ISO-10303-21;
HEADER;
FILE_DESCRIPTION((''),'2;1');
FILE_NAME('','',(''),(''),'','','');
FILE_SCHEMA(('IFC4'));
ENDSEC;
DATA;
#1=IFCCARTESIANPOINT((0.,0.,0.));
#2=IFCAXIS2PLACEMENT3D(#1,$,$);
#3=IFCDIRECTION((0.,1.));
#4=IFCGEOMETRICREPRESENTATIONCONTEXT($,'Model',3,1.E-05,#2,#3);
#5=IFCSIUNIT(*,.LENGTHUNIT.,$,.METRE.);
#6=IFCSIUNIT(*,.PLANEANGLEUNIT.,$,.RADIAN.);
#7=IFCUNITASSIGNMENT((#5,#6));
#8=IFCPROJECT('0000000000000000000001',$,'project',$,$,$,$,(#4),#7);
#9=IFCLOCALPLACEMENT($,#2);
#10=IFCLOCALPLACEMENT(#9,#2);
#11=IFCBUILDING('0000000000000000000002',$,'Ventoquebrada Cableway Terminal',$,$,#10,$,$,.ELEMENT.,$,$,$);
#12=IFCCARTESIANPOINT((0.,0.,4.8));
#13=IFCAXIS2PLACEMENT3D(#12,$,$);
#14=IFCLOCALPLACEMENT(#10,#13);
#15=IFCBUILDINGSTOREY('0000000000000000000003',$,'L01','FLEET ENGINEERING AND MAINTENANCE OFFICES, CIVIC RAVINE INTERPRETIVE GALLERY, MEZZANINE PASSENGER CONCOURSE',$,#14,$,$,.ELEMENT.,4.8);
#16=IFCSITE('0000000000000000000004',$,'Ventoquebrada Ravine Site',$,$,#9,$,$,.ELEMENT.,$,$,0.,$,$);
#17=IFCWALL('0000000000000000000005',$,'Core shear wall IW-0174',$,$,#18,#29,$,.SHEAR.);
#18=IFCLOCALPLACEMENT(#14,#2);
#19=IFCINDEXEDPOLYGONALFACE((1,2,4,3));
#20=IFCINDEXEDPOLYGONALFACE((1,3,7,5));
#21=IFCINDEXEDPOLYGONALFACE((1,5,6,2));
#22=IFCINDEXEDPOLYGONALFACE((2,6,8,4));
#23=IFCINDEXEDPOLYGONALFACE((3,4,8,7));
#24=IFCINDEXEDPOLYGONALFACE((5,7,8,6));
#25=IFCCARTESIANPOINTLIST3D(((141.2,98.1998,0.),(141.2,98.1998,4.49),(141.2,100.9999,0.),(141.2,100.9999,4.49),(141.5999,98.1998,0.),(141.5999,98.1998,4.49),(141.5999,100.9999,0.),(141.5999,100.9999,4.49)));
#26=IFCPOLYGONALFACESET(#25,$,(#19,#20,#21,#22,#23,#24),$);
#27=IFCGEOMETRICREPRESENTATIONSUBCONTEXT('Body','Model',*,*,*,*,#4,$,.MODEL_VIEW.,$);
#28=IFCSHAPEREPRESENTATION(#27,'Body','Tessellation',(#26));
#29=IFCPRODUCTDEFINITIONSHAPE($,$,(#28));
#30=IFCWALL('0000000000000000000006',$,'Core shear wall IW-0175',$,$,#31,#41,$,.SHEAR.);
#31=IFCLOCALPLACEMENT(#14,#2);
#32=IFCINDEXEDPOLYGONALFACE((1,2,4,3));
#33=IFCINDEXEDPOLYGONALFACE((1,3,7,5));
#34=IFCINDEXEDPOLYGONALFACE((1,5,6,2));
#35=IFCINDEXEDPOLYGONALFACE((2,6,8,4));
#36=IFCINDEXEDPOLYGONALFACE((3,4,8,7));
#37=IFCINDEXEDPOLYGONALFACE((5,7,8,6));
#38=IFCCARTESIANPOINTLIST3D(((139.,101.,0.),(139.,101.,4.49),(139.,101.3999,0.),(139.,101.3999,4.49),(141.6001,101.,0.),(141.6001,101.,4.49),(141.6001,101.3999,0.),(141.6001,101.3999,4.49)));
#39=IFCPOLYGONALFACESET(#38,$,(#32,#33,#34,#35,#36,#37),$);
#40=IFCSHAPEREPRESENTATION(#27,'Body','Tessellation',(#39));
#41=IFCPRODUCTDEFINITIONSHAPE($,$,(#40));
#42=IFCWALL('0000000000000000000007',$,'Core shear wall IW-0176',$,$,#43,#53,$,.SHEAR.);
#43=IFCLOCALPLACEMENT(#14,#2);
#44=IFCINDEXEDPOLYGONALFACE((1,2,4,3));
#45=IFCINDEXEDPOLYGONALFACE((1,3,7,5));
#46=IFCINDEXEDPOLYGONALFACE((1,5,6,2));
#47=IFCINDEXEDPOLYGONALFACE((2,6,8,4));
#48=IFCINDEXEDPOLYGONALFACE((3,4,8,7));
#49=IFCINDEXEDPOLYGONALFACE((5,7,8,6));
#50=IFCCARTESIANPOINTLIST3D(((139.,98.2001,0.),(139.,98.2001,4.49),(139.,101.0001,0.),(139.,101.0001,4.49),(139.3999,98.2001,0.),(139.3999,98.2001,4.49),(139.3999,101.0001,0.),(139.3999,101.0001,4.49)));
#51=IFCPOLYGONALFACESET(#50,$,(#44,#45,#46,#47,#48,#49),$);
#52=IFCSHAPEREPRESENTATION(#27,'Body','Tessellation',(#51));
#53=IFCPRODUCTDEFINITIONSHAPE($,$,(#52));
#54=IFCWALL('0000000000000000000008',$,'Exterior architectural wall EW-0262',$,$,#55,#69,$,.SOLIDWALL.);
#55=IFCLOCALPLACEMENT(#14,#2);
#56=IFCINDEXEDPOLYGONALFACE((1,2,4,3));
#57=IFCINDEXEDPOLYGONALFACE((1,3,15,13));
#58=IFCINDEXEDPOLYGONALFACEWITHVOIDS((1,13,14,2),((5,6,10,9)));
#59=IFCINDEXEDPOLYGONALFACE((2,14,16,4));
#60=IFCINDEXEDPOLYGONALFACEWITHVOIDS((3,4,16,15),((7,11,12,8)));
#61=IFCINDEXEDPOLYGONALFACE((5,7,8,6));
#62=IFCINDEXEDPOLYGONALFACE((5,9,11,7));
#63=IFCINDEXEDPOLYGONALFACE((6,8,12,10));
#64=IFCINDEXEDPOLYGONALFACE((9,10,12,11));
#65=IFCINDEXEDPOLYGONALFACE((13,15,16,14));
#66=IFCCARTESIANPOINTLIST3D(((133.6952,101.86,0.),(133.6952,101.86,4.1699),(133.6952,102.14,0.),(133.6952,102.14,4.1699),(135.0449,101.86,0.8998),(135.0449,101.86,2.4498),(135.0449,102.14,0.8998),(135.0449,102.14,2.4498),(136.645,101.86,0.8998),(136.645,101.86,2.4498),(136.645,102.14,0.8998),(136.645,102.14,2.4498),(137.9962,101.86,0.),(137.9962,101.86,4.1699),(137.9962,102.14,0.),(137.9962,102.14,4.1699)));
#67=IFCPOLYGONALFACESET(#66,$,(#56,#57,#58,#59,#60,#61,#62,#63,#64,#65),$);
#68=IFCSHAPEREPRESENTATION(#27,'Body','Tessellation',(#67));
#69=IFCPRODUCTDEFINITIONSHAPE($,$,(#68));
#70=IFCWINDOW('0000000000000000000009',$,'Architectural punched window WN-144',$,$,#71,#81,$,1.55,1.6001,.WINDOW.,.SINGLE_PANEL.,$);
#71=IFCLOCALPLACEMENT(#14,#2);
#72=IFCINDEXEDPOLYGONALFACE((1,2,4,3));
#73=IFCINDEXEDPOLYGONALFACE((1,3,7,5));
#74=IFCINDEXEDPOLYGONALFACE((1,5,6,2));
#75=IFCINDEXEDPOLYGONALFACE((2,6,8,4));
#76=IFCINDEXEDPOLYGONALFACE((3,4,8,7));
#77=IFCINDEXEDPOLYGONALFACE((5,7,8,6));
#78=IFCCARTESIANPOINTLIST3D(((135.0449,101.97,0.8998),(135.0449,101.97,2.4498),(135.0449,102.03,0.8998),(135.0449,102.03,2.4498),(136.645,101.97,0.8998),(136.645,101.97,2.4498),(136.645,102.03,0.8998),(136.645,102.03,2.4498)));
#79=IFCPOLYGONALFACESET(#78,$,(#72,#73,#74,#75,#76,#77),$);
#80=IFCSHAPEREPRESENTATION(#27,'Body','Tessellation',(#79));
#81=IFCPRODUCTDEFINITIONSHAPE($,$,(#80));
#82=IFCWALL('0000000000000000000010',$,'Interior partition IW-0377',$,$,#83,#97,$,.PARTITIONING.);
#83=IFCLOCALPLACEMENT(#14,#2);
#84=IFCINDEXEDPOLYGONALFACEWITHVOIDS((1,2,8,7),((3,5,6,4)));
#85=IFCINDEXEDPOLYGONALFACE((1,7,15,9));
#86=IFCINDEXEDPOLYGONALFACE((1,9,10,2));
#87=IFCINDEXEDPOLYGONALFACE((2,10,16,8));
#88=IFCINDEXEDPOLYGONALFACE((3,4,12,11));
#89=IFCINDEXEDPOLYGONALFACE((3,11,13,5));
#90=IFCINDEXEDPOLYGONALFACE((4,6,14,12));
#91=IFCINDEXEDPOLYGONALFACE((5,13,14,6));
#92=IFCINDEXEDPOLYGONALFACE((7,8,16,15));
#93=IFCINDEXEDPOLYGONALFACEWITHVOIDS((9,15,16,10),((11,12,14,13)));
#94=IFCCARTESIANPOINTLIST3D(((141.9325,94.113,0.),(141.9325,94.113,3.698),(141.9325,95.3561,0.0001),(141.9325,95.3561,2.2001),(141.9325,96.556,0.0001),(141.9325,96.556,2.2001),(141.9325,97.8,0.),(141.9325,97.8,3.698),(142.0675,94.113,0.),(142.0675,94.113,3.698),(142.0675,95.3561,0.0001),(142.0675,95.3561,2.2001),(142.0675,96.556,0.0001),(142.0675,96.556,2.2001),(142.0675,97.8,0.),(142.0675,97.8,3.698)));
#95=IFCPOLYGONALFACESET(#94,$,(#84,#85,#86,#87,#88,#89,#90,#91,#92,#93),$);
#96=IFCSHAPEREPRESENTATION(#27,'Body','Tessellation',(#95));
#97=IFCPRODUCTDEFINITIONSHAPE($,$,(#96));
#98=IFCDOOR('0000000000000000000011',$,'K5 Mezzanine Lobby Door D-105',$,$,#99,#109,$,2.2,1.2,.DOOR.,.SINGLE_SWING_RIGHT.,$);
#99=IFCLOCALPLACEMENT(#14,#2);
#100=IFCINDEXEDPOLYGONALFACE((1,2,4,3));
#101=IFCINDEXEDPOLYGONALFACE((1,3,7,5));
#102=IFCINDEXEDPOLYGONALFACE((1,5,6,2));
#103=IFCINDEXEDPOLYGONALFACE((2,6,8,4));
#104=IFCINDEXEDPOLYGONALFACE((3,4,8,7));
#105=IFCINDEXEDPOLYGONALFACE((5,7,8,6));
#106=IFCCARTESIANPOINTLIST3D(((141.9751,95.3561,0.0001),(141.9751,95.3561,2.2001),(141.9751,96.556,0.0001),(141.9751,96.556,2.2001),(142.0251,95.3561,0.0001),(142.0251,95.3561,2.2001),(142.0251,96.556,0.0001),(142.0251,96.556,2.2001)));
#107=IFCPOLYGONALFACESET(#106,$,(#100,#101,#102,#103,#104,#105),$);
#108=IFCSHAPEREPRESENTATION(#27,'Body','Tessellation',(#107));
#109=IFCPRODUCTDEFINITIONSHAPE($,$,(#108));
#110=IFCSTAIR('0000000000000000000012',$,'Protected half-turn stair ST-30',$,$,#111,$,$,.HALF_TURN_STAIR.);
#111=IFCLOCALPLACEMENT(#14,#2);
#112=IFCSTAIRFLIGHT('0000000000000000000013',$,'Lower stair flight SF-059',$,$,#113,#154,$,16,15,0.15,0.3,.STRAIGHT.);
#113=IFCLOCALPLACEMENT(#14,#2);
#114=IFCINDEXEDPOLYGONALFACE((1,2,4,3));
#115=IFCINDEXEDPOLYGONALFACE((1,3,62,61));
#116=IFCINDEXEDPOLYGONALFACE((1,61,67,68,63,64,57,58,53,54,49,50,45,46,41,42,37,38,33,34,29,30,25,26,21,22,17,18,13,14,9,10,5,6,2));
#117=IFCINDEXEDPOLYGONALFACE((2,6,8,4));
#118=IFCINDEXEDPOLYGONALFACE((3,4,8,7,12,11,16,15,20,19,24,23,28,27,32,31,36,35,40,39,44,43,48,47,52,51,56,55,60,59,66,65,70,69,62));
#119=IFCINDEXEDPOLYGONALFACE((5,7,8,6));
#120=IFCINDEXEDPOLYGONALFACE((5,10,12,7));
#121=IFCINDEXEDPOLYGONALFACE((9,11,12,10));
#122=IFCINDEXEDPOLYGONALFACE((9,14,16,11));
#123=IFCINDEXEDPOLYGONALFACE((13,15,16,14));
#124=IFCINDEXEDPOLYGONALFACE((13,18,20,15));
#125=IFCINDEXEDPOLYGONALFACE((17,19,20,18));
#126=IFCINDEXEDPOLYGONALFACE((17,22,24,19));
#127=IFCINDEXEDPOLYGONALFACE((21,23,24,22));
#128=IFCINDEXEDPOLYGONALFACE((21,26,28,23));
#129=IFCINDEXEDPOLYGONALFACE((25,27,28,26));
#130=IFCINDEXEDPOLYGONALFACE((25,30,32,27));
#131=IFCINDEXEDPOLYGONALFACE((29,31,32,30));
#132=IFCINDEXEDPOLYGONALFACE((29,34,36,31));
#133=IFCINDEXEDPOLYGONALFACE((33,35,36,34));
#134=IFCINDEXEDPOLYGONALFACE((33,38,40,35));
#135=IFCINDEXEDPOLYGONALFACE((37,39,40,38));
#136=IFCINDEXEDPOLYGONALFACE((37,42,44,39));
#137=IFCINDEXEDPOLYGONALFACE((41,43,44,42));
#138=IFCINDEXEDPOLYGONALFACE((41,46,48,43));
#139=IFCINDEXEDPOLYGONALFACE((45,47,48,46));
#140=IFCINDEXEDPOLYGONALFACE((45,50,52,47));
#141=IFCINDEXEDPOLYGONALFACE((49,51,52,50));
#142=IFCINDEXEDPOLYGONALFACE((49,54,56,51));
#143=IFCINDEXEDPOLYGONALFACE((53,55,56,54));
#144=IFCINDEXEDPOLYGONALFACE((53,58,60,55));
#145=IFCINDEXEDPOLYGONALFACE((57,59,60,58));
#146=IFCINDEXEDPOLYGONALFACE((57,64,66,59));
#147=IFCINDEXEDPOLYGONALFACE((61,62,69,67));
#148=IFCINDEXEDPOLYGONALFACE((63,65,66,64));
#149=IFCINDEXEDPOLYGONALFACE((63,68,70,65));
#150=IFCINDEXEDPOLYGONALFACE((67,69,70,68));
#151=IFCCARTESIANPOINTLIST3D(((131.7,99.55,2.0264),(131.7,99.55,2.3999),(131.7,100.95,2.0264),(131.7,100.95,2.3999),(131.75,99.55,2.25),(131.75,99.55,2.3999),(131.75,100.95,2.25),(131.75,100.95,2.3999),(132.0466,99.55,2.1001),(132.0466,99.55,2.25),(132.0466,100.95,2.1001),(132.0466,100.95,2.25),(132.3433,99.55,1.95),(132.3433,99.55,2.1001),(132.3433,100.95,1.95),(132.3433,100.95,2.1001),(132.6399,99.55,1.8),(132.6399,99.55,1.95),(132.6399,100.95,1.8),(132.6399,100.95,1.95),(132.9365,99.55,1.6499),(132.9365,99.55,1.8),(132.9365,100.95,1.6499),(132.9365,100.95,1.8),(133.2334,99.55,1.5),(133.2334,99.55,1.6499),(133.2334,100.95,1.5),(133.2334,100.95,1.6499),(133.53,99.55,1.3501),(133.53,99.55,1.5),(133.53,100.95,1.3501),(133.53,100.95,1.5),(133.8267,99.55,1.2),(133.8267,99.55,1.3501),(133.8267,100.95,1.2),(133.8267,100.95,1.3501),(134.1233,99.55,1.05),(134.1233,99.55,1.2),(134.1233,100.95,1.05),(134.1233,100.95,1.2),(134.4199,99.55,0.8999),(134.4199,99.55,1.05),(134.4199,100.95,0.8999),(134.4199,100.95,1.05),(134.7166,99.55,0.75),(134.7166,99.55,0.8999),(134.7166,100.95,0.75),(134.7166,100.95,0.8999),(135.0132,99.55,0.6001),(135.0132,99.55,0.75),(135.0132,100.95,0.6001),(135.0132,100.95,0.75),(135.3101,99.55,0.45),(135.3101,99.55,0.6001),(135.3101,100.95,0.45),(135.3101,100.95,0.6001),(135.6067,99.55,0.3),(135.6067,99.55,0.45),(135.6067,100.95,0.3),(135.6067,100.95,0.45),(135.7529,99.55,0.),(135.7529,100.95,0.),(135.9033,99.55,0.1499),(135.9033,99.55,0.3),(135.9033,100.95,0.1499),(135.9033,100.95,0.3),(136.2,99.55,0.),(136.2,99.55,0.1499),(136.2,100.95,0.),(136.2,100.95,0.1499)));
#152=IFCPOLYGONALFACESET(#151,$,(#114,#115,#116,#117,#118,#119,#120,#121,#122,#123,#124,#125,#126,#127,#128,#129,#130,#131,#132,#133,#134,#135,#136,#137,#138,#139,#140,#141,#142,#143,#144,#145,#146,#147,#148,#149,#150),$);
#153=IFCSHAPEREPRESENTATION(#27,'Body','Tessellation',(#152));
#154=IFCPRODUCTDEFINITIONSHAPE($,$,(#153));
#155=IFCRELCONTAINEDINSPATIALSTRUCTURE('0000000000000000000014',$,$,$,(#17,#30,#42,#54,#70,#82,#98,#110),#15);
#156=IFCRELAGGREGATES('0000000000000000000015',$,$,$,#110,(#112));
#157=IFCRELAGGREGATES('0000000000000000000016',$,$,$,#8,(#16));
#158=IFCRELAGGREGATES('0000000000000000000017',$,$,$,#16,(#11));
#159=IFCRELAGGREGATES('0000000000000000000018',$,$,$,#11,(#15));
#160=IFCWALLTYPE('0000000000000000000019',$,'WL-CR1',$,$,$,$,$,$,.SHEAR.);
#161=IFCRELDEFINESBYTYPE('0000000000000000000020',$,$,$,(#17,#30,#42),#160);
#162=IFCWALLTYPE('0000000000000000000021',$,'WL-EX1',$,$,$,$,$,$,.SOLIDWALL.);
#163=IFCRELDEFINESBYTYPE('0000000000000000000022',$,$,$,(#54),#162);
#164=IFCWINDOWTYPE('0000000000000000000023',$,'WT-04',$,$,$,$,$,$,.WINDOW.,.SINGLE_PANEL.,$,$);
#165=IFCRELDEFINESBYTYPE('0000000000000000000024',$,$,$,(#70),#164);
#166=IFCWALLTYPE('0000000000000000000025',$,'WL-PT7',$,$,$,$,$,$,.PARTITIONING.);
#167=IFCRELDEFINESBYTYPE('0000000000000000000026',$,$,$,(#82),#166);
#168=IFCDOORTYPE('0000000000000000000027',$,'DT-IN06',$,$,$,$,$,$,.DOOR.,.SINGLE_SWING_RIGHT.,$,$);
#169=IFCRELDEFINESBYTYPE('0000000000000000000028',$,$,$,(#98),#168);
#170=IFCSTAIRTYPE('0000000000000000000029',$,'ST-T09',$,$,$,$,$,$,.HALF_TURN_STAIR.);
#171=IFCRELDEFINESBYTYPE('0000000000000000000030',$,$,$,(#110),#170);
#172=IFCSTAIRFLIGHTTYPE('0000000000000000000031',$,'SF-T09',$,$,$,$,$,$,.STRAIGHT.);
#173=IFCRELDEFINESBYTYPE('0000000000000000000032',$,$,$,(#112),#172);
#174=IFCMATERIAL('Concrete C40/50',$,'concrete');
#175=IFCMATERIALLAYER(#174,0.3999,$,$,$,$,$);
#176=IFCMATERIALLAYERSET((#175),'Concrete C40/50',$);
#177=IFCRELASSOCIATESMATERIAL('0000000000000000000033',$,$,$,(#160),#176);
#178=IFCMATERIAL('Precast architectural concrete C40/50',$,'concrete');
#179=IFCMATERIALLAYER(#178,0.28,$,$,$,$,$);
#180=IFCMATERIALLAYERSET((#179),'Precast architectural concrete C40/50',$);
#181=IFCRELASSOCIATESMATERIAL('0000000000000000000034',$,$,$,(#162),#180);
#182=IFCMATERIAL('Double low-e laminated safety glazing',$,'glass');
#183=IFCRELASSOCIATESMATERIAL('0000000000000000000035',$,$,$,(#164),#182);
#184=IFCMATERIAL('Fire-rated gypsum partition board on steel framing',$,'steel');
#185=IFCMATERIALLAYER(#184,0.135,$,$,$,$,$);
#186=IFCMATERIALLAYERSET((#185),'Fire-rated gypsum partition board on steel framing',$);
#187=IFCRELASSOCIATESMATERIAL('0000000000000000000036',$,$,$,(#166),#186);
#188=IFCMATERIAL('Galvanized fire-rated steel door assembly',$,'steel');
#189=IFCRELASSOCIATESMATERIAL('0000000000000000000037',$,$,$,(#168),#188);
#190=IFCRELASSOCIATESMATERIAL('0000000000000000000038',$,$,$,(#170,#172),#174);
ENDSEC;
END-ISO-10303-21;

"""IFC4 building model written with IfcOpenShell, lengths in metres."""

from ifc_helpers import new_model, si_unit, direction, frame, frame_2d, origin, place, context, subcontext, project, spatial, polyline, rectangle, outline, extrude, material, layer, layer_set, type_object, element, fill, aggregate, save


model = new_model("IFC4")

# Units and contexts
model_context = context("Model", 3, precision=1e-05, world=origin(), true_north=direction((0.0, 1.0)))
body_context = subcontext(model_context, "Body", "Model", "MODEL_VIEW")
ifc_project = project(units=[si_unit("LENGTHUNIT", "METRE"), si_unit("PLANEANGLEUNIT", "RADIAN")], contexts=[model_context])

# Site, building, storey
site_placement = place(None, origin())
site = spatial("IfcSite", under=ifc_project, at=site_placement, Name="Ventoquebrada Ravine Site", CompositionType="ELEMENT", RefElevation=0.0)
building_placement = place(site_placement, origin())
building = spatial("IfcBuilding", under=site, at=building_placement, Name="Ventoquebrada Cableway Terminal", CompositionType="ELEMENT")
storey_placement = place(building_placement, frame((0.0, 0.0, 4.8)))
storey = spatial("IfcBuildingStorey", under=building, at=storey_placement, Name="L01", Description="FLEET ENGINEERING AND MAINTENANCE OFFICES, CIVIC RAVINE INTERPRETIVE GALLERY, MEZZANINE PASSENGER CONCOURSE", CompositionType="ELEMENT", Elevation=4.8)

# Shared definitions
ifc_material_1 = material(Name="Concrete C40/50", Category="concrete")
ifc_layer_1 = layer(ifc_material_1, 0.3999)
ifc_layer_set_1 = layer_set([ifc_layer_1], Name="Concrete C40/50")
wall_type_1 = type_object("IfcWallType", Name="WL-CR1", PredefinedType="SHEAR", material=ifc_layer_set_1)
ifc_material_2 = material(Name="Galvanized fire-rated steel door assembly", Category="steel")

# Walls
wall_1_placement = place(storey_placement, frame((141.3999, 98.2, 0.0), z_axis=(0.0, 0.0, 1.0), x_axis=(0.0, 1.0, 0.0)))
element("IfcWall", 1, at=wall_1_placement, inside=storey, type_object=wall_type_1, Name="Core shear wall IW-0174", PredefinedType="SHEAR", context=body_context, shape_type="SweptSolid", body=[
    extrude(rectangle(XDim=2.8, YDim=0.3999, at=frame_2d((1.3999, 0.0))), origin(), (0.0, 0.0, 1.0), 4.49),
])
wall_2_placement = place(storey_placement, frame((141.6001, 101.2, 0.0), z_axis=(0.0, 0.0, 1.0), x_axis=(-1.0, 0.0, 0.0)))
element("IfcWall", 2, at=wall_2_placement, inside=storey, type_object=wall_type_1, Name="Core shear wall IW-0175", PredefinedType="SHEAR", context=body_context, shape_type="SweptSolid", body=[
    extrude(rectangle(XDim=2.6001, YDim=0.3999, at=frame_2d((1.3, 0.0))), origin(), (0.0, 0.0, 1.0), 4.49),
])
wall_3_placement = place(storey_placement, frame((139.2, 101.0, 0.0), z_axis=(0.0, 0.0, 1.0), x_axis=(0.0, -1.0, 0.0)))
element("IfcWall", 3, at=wall_3_placement, inside=storey, type_object=wall_type_1, Name="Core shear wall IW-0176", PredefinedType="SHEAR", context=body_context, shape_type="SweptSolid", body=[
    extrude(rectangle(XDim=2.8, YDim=0.3999, at=frame_2d((1.3999, 0.0))), origin(), (0.0, 0.0, 1.0), 4.49),
])

# Wall, opening, window
ifc_material_3 = material(Name="Precast architectural concrete C40/50", Category="concrete")
ifc_layer_2 = layer(ifc_material_3, 0.28)
ifc_layer_set_2 = layer_set([ifc_layer_2], Name="Precast architectural concrete C40/50")
wall_type_2 = type_object("IfcWallType", Name="WL-EX1", PredefinedType="SOLIDWALL", material=ifc_layer_set_2)
wall_4_placement = place(storey_placement, frame((137.9961, 102.0, 0.0), z_axis=(0.0, 0.0, 1.0), x_axis=(-1.0, 0.0, 0.0)))
wall_4 = element("IfcWall", 4, at=wall_4_placement, inside=storey, type_object=wall_type_2, Name="Exterior architectural wall EW-0262", PredefinedType="SOLIDWALL", context=body_context, shape_type="SweptSolid", body=[
    extrude(rectangle(XDim=4.301, YDim=0.28, at=frame_2d((2.1504, 0.0))), origin(), (0.0, 0.0, 1.0), 4.1699),
])
opening_1_placement = place(wall_4_placement, frame((1.3511, 0.0, 0.8999)))
opening_1 = element("IfcOpeningElement", 5, at=opening_1_placement, cuts=wall_4, PredefinedType="OPENING", context=body_context, shape_type="SweptSolid", body=[
    extrude(rectangle(XDim=1.6001, YDim=1.55, at=frame_2d((0.8, 0.7749))), frame((0.0, 0.1499, 0.0), z_axis=(0.0, -1.0, 0.0), x_axis=(1.0, 0.0, 0.0)), (0.0, 0.0, 1.0), 0.3),
])
ifc_material_4 = material(Name="Double low-e laminated safety glazing", Category="glass")
window_type = type_object("IfcWindowType", Name="WT-04", PartitioningType="SINGLE_PANEL", PredefinedType="WINDOW", material=ifc_material_4)
window_placement = place(opening_1_placement, origin())
window = element("IfcWindow", 6, at=window_placement, inside=storey, type_object=window_type, Name="Architectural punched window WN-144", OverallHeight=1.55, OverallWidth=1.6001, PartitioningType="SINGLE_PANEL", PredefinedType="WINDOW", context=body_context, shape_type="SweptSolid", body=[
    extrude(rectangle(XDim=1.6001, YDim=1.55, at=frame_2d((0.8, 0.7749))), frame((0.0, 0.03, 0.0), z_axis=(0.0, -1.0, 0.0), x_axis=(1.0, 0.0, 0.0)), (0.0, 0.0, 1.0), 0.0601),
])
fill(opening_1, window)

# Wall, opening, door
ifc_material_5 = material(Name="Fire-rated gypsum partition board on steel framing", Category="steel")
ifc_layer_3 = layer(ifc_material_5, 0.135)
ifc_layer_set_3 = layer_set([ifc_layer_3], Name="Fire-rated gypsum partition board on steel framing")
wall_type_3 = type_object("IfcWallType", Name="WL-PT7", PredefinedType="PARTITIONING", material=ifc_layer_set_3)
wall_5_placement = place(storey_placement, frame((142.0, 94.113, 0.0), z_axis=(0.0, 0.0, 1.0), x_axis=(0.0, 1.0, 0.0)))
wall_5 = element("IfcWall", 7, at=wall_5_placement, inside=storey, type_object=wall_type_3, Name="Interior partition IW-0377", PredefinedType="PARTITIONING", context=body_context, shape_type="SweptSolid", body=[
    extrude(rectangle(XDim=3.687, YDim=0.135, at=frame_2d((1.8435, 0.0))), origin(), (0.0, 0.0, 1.0), 3.698),
])
opening_2_placement = place(wall_5_placement, frame((1.2429, 0.0, 0.0)))
opening_2 = element("IfcOpeningElement", 8, at=opening_2_placement, cuts=wall_5, PredefinedType="OPENING", context=body_context, shape_type="SweptSolid", body=[
    extrude(rectangle(XDim=1.2, YDim=2.2, at=frame_2d((0.6001, 1.1001))), frame((0.0, 0.0774, 0.0), z_axis=(0.0, -1.0, 0.0), x_axis=(1.0, 0.0, 0.0)), (0.0, 0.0, 1.0), 0.155),
])
door_type_1 = type_object("IfcDoorType", Name="DT-IN06", OperationType="SINGLE_SWING_RIGHT", PredefinedType="DOOR", material=ifc_material_2)
door_1_placement = place(opening_2_placement, origin())
door_1 = element("IfcDoor", 9, at=door_1_placement, inside=storey, type_object=door_type_1, Name="K5 Mezzanine Lobby Door D-105", OperationType="SINGLE_SWING_RIGHT", OverallHeight=2.2, OverallWidth=1.2, PredefinedType="DOOR", context=body_context, shape_type="SweptSolid", body=[
    extrude(rectangle(XDim=1.2, YDim=2.2, at=frame_2d((0.6001, 1.1001))), frame((0.0, 0.0249, 0.0), z_axis=(0.0, -1.0, 0.0), x_axis=(1.0, 0.0, 0.0)), (0.0, 0.0, 1.0), 0.05),
])
fill(opening_2, door_1)

# Stair, stair flight
stair_type = type_object("IfcStairType", Name="ST-T09", PredefinedType="HALF_TURN_STAIR", material=ifc_material_1)
stair_placement = place(storey_placement, origin())
stair = element("IfcStair", 10, at=stair_placement, inside=storey, type_object=stair_type, Name="Protected half-turn stair ST-30", PredefinedType="HALF_TURN_STAIR")
stair_flight_type = type_object("IfcStairFlightType", Name="SF-T09", PredefinedType="STRAIGHT", material=ifc_material_1)
stair_flight_placement = place(storey_placement, frame((136.2, 100.25, 0.0), z_axis=(0.0, 0.0, 1.0), x_axis=(-1.0, 0.0, 0.0)))
stair_flight = element("IfcStairFlight", 11, at=stair_flight_placement, type_object=stair_flight_type, Name="Lower stair flight SF-059", NumberOfRisers=16, NumberOfTreads=15, PredefinedType="STRAIGHT", RiserHeight=0.15, TreadLength=0.3, context=body_context, shape_type="SweptSolid", body=[
    extrude(outline(polyline([(0.0, 0.0), (0.0, 0.1499), (0.2966, 0.1499), (0.2966, 0.3), (0.5933, 0.3), (0.5933, 0.45), (0.8899, 0.45), (0.8899, 0.6001), (1.1868, 0.6001), (1.1868, 0.75), (1.4834, 0.75), (1.4834, 0.8999), (1.78, 0.8999), (1.78, 1.05), (2.0767, 1.05), (2.0767, 1.2), (2.3733, 1.2), (2.3733, 1.3501), (2.6699, 1.3501), (2.6699, 1.5), (2.9666, 1.5), (2.9666, 1.6499), (3.2634, 1.6499), (3.2634, 1.8), (3.5601, 1.8), (3.5601, 1.95), (3.8567, 1.95), (3.8567, 2.1001), (4.1533, 2.1001), (4.1533, 2.25), (4.45, 2.25), (4.45, 2.3999), (4.5, 2.3999), (4.5, 2.0264), (0.447, 0.0), (0.0, 0.0)])), frame((0.0, 0.7, 0.0), z_axis=(0.0, -1.0, 0.0), x_axis=(1.0, 0.0, 0.0)), (0.0, 0.0, 1.0), 1.3999),
])
aggregate(stair, [stair_flight])

save(model, "model.ifc")
